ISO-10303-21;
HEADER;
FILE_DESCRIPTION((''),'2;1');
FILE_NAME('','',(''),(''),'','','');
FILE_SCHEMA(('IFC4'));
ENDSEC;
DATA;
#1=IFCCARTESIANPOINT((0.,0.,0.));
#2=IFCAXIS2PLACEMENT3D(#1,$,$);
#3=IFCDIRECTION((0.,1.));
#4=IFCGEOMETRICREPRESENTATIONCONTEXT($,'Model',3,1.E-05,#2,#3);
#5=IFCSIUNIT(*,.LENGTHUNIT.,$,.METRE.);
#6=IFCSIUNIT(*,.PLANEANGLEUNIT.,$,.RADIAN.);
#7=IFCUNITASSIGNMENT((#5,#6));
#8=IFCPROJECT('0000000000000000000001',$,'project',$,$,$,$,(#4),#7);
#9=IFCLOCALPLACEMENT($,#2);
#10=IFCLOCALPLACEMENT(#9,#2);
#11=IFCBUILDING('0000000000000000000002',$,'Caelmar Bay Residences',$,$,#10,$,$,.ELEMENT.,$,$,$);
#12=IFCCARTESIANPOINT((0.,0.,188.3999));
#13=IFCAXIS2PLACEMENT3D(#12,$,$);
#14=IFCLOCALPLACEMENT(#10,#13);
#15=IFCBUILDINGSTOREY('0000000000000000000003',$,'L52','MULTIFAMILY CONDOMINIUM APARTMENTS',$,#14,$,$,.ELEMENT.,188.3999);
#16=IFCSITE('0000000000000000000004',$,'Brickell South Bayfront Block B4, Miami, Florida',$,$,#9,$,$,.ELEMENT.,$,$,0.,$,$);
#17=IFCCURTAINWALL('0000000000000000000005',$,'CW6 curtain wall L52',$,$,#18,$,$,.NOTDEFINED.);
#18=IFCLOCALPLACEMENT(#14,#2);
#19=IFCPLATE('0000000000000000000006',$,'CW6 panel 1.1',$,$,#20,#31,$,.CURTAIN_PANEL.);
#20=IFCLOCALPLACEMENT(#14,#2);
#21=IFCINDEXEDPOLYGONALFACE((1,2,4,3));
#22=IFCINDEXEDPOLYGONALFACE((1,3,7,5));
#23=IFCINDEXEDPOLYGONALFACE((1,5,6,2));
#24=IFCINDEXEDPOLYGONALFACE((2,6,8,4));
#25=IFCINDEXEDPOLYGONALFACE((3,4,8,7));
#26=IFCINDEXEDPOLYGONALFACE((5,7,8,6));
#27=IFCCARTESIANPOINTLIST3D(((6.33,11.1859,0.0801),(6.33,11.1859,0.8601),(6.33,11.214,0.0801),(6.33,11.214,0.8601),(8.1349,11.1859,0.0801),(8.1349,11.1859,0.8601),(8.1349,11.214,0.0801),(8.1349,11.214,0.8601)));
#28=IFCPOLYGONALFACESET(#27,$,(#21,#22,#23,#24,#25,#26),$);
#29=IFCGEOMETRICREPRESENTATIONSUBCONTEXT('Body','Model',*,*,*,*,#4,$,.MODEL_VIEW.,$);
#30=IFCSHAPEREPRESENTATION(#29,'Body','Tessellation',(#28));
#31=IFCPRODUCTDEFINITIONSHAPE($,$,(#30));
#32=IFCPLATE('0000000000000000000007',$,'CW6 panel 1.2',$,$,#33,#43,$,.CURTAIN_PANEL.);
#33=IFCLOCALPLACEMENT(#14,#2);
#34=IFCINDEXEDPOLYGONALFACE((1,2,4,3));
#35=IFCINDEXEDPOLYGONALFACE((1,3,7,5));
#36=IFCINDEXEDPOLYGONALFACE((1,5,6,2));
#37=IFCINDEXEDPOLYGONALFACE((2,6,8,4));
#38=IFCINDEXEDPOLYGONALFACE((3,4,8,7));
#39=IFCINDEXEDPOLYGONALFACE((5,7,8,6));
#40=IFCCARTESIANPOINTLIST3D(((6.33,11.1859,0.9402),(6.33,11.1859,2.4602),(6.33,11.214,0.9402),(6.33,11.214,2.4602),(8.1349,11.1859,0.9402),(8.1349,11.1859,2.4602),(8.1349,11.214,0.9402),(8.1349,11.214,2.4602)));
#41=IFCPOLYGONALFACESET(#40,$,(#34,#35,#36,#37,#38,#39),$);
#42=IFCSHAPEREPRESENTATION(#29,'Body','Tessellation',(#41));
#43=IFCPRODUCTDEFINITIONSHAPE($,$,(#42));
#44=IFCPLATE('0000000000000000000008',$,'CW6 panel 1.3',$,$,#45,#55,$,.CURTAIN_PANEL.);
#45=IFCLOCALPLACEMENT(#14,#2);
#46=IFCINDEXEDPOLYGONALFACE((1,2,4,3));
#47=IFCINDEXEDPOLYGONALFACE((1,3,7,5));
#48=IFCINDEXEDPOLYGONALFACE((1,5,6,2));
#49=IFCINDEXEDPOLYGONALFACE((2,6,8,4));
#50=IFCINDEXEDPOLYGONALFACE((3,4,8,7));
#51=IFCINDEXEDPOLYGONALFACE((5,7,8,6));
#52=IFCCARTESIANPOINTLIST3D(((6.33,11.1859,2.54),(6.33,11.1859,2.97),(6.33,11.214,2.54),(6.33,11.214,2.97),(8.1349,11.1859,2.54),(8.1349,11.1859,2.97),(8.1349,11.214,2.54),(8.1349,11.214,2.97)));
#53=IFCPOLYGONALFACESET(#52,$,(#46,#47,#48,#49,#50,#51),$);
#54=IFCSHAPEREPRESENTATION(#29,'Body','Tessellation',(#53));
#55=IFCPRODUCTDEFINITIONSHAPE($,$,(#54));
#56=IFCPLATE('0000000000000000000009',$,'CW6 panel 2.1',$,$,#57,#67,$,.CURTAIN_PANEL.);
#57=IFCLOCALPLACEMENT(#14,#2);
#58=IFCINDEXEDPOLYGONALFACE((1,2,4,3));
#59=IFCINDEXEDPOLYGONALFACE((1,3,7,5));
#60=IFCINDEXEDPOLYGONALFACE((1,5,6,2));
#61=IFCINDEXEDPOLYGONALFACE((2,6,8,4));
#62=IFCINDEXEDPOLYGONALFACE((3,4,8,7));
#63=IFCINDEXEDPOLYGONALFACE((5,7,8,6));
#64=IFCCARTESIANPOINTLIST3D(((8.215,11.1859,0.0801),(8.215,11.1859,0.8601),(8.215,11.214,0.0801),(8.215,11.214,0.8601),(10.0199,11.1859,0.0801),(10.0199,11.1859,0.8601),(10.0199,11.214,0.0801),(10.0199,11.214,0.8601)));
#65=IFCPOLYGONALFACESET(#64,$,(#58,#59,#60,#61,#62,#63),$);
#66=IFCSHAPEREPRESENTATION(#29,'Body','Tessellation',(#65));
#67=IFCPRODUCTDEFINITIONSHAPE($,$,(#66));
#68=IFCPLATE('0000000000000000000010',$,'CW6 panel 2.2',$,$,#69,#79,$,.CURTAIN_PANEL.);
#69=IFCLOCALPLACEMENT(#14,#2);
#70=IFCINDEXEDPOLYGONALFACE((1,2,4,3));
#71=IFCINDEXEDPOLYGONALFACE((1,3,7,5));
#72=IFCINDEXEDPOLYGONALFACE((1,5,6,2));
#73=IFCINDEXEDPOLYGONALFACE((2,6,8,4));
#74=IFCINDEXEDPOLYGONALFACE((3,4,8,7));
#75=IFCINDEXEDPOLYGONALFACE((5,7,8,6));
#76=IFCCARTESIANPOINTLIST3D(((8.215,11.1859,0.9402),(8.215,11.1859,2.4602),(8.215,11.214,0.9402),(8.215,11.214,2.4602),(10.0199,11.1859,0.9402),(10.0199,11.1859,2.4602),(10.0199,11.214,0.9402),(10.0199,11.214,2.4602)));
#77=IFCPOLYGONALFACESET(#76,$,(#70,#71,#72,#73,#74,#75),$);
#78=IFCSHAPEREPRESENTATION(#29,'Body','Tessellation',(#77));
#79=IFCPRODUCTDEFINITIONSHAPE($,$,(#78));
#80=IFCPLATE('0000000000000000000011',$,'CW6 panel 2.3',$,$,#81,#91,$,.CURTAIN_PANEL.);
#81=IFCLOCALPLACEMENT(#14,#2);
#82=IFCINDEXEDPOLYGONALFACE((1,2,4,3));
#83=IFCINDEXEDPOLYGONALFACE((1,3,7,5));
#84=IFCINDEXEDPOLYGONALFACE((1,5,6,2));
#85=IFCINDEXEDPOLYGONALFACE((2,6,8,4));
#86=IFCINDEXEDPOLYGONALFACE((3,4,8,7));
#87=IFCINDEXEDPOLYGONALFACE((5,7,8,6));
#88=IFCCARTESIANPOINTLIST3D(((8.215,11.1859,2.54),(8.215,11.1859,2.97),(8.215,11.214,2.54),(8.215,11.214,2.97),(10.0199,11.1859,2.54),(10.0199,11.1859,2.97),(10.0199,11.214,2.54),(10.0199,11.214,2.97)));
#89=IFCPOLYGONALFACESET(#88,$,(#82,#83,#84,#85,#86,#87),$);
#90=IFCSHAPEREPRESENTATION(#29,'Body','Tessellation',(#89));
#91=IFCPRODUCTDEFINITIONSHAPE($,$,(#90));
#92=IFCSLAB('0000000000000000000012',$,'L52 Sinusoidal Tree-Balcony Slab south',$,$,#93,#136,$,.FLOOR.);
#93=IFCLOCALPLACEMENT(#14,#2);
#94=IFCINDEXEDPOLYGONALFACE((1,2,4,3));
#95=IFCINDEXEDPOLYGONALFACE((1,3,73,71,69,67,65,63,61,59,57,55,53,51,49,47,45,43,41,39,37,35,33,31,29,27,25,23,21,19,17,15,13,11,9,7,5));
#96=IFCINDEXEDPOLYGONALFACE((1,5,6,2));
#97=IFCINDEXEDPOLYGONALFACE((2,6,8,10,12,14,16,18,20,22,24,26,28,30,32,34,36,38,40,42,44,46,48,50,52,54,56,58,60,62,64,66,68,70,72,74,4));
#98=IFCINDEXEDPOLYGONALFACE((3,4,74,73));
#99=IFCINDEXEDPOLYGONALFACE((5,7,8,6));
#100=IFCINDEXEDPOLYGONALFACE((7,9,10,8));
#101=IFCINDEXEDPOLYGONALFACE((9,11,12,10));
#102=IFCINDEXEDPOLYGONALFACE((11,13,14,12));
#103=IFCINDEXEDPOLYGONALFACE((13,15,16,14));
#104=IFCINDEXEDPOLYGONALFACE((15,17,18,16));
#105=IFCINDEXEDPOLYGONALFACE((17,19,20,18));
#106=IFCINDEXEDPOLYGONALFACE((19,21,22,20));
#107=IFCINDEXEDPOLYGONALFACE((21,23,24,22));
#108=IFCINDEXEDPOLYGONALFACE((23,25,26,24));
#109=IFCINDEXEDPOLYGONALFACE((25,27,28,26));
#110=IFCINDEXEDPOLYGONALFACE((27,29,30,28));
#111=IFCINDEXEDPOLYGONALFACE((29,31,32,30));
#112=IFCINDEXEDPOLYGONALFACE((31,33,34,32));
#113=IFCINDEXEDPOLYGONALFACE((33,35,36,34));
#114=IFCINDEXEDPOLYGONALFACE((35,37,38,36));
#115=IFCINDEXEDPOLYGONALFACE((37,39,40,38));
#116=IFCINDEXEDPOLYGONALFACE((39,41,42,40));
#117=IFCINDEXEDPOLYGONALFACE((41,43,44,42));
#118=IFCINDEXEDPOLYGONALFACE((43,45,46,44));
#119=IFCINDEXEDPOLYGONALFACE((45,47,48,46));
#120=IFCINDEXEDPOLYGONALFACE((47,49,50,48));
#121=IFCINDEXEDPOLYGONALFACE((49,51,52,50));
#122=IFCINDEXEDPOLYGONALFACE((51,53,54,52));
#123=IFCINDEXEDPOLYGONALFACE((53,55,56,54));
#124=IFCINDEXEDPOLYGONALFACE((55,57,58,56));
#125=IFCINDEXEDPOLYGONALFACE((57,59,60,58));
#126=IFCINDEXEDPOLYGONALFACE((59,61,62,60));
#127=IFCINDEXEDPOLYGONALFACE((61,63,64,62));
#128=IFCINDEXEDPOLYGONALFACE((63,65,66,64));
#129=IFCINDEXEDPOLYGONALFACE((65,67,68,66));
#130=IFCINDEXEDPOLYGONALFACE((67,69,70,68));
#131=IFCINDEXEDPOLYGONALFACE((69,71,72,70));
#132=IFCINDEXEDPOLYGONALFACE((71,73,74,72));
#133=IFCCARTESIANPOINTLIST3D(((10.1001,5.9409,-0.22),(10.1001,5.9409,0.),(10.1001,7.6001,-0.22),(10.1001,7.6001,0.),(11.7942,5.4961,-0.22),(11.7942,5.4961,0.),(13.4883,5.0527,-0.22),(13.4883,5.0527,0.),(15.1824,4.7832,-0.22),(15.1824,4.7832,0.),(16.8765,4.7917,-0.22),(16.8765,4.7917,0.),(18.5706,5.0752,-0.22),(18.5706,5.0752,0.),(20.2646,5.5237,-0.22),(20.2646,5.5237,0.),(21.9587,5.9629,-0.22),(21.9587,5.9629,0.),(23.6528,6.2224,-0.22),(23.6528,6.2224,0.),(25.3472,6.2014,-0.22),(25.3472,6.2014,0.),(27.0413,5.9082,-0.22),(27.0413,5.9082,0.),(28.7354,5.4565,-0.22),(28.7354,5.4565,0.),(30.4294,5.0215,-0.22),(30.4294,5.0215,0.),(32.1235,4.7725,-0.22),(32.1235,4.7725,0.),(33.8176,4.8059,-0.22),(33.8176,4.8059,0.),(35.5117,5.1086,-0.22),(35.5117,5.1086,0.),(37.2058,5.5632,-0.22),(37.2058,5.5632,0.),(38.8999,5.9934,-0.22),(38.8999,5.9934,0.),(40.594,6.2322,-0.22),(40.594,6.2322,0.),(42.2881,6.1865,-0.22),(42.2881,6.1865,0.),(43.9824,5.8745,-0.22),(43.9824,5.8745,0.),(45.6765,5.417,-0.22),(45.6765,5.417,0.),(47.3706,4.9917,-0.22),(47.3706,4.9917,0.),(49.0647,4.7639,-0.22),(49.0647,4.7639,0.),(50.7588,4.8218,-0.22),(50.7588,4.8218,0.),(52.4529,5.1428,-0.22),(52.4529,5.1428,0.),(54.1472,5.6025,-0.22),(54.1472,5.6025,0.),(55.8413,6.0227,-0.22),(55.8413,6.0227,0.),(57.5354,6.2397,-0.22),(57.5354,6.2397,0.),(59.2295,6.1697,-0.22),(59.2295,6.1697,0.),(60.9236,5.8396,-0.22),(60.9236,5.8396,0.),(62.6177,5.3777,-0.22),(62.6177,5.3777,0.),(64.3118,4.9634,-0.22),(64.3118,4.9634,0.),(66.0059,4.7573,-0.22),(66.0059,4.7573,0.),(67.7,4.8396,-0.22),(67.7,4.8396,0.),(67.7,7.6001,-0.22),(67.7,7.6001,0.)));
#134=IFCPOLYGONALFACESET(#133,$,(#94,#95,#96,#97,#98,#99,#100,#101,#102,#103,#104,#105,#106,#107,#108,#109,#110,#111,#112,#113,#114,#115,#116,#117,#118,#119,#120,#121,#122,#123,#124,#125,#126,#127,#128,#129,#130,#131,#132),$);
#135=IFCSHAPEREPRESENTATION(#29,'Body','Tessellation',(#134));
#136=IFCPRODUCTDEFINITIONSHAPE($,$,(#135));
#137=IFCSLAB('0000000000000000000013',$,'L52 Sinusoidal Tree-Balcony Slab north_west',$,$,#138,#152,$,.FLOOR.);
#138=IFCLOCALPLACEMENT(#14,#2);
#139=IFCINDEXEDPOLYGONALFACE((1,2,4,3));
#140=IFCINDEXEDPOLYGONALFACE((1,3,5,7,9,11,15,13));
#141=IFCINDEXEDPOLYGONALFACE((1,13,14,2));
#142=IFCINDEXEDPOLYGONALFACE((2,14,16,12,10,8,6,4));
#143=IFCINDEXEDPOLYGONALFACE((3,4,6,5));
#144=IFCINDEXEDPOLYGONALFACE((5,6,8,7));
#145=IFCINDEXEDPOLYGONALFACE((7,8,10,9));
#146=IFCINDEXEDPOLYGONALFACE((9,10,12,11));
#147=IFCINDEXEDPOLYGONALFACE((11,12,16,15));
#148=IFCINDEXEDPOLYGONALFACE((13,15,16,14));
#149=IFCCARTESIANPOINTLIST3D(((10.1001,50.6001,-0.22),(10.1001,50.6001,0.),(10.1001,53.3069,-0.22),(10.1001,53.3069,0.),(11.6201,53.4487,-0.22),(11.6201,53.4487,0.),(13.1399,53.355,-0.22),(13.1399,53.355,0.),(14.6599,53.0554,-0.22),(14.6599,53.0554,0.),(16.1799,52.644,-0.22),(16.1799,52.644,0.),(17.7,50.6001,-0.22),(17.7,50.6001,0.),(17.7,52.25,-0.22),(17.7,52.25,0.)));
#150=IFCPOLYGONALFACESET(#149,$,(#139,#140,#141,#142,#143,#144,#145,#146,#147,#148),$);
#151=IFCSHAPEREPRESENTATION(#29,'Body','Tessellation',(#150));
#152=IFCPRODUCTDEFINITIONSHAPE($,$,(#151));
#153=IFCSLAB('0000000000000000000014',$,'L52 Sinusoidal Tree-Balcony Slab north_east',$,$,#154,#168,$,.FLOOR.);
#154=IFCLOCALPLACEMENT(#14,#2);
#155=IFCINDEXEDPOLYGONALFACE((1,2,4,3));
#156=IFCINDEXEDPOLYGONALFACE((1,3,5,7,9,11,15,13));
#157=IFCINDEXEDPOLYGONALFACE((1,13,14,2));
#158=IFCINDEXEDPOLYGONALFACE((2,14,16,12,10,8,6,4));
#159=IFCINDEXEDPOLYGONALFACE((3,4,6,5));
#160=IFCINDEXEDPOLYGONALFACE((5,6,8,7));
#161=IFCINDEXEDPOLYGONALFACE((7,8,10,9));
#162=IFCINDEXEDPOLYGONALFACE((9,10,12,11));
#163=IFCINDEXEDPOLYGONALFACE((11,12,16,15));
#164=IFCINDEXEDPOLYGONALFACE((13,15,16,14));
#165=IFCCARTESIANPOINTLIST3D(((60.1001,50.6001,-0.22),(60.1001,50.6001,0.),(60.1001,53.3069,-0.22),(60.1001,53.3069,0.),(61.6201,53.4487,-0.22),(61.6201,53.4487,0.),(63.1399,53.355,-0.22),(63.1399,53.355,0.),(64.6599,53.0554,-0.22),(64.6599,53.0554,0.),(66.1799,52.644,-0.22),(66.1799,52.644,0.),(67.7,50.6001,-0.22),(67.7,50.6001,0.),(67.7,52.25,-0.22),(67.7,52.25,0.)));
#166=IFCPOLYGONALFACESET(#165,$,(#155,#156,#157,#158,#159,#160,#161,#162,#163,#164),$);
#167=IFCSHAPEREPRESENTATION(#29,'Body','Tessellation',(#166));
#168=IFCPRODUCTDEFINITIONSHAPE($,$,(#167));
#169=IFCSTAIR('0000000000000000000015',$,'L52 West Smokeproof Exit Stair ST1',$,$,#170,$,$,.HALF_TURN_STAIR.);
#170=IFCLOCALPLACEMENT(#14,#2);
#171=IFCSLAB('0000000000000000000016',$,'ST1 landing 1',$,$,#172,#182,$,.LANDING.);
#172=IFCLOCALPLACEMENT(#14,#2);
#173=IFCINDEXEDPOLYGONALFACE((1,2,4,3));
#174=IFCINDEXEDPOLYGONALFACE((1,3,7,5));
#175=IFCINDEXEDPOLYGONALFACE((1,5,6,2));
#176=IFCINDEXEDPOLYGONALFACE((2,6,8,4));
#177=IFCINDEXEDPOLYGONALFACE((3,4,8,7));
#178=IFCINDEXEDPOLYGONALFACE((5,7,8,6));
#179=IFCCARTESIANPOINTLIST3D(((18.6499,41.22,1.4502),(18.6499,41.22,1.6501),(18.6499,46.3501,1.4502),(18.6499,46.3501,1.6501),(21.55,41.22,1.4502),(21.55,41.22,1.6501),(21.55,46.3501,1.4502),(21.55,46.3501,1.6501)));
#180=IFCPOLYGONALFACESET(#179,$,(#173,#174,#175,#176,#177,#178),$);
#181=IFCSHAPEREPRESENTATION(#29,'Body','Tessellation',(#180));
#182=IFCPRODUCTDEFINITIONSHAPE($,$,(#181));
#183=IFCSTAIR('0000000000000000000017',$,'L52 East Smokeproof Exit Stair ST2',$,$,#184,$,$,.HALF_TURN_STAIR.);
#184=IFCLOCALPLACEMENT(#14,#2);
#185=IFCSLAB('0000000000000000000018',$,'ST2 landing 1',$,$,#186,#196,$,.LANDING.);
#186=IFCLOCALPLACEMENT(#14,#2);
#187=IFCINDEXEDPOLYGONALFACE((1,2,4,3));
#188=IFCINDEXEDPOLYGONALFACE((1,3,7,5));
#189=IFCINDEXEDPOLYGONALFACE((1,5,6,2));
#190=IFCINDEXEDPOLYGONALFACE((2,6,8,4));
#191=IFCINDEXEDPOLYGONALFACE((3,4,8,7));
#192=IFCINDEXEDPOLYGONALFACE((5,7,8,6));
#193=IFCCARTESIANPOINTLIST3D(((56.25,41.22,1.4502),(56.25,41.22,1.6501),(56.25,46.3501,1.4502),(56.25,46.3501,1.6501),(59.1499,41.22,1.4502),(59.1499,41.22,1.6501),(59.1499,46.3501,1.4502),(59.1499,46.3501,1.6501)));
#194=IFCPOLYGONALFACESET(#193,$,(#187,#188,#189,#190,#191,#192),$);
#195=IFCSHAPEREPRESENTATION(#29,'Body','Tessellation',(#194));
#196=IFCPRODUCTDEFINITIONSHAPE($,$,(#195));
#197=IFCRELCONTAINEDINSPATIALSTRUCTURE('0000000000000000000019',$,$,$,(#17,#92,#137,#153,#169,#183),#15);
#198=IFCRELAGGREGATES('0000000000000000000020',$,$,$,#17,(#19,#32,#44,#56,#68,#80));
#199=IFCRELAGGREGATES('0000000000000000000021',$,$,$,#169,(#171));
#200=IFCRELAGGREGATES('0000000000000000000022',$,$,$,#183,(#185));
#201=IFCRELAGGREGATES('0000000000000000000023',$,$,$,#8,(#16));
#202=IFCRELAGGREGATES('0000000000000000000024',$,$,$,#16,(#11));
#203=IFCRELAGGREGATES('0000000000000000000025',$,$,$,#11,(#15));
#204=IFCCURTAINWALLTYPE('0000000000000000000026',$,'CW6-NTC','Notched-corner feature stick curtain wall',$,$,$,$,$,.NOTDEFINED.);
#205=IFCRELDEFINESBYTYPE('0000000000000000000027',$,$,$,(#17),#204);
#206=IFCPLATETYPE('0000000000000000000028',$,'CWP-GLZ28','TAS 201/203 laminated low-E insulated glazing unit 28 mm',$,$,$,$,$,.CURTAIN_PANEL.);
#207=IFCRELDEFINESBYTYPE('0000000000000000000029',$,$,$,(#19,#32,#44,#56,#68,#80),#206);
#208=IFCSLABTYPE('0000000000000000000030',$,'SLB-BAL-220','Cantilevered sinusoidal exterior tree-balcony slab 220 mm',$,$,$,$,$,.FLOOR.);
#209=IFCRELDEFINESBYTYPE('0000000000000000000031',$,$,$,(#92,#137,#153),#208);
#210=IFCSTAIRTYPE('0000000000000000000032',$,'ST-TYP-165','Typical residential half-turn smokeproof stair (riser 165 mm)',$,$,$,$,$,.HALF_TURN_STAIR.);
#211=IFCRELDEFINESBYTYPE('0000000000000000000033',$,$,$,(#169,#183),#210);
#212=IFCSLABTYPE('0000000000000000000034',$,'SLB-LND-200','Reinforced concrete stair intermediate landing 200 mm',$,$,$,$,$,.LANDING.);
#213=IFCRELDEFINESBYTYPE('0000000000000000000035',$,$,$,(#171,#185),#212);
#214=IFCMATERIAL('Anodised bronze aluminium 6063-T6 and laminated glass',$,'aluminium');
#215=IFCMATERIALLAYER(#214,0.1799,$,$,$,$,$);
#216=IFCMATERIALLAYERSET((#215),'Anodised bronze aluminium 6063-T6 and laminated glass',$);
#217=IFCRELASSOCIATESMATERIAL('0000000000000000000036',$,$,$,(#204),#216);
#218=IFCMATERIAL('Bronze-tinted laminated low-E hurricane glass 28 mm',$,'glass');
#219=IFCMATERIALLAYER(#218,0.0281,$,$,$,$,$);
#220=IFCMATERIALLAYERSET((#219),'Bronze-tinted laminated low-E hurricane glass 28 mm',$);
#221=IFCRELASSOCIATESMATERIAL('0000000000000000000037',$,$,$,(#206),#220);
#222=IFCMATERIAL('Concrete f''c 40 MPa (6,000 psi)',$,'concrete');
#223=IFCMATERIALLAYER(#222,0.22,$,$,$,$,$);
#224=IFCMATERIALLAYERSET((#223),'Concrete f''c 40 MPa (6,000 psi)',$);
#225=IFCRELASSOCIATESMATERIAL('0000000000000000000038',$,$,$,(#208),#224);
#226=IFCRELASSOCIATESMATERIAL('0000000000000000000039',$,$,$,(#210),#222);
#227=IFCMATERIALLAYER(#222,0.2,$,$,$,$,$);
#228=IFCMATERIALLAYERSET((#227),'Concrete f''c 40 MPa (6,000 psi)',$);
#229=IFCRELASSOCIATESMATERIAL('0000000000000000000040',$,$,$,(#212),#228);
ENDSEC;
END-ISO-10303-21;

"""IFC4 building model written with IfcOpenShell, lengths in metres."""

from ifc_helpers import new_model, si_unit, direction, frame, origin, origin_2d, place, context, subcontext, project, spatial, polyline, rectangle, outline, extrude, material, layer, layer_set, type_object, element, aggregate, save


model = new_model("IFC4")

# Units and contexts
model_context = context("Model", 3, precision=1e-05, world=origin(), true_north=direction((0.0, 1.0)))
body_context = subcontext(model_context, "Body", "Model", "MODEL_VIEW")
ifc_project = project(units=[si_unit("LENGTHUNIT", "METRE"), si_unit("PLANEANGLEUNIT", "RADIAN")], contexts=[model_context])

# Site, building, storey
site_placement = place(None, origin())
site = spatial("IfcSite", under=ifc_project, at=site_placement, Name="Brickell South Bayfront Block B4, Miami, Florida", CompositionType="ELEMENT", RefElevation=0.0)
building_placement = place(site_placement, origin())
building = spatial("IfcBuilding", under=site, at=building_placement, Name="Caelmar Bay Residences", CompositionType="ELEMENT")
storey_placement = place(building_placement, frame((0.0, 0.0, 188.3999)))
storey = spatial("IfcBuildingStorey", under=building, at=storey_placement, Name="L52", Description="MULTIFAMILY CONDOMINIUM APARTMENTS", CompositionType="ELEMENT", Elevation=188.3999)

# Curtain wall
ifc_material_1 = material(Name="Anodised bronze aluminium 6063-T6 and laminated glass", Category="aluminium")
ifc_layer_1 = layer(ifc_material_1, 0.1799)
ifc_layer_set_1 = layer_set([ifc_layer_1], Name="Anodised bronze aluminium 6063-T6 and laminated glass")
curtain_wall_type_1 = type_object("IfcCurtainWallType", Name="CW6-NTC", Description="Notched-corner feature stick curtain wall", PredefinedType="NOTDEFINED", material=ifc_layer_set_1)
curtain_wall_1_placement = place(storey_placement, origin())
curtain_wall_1 = element("IfcCurtainWall", 1, at=curtain_wall_1_placement, inside=storey, type_object=curtain_wall_type_1, Name="CW6 curtain wall L52", PredefinedType="NOTDEFINED")

# Plates
ifc_material_2 = material(Name="Bronze-tinted laminated low-E hurricane glass 28 mm", Category="glass")
ifc_layer_2 = layer(ifc_material_2, 0.0281)
ifc_layer_set_2 = layer_set([ifc_layer_2], Name="Bronze-tinted laminated low-E hurricane glass 28 mm")
plate_type = type_object("IfcPlateType", Name="CWP-GLZ28", Description="TAS 201/203 laminated low-E insulated glazing unit 28 mm", PredefinedType="CURTAIN_PANEL", material=ifc_layer_set_2)
plate_1_placement = place(storey_placement, frame((7.2324, 11.2, 0.0801), z_axis=(0.0, 0.0, 1.0), x_axis=(1.0, 0.0, 0.0)))
plate_1 = element("IfcPlate", 2, at=plate_1_placement, type_object=plate_type, Name="CW6 panel 1.1", PredefinedType="CURTAIN_PANEL", context=body_context, shape_type="SweptSolid", body=[
    extrude(rectangle(XDim=1.8049, YDim=0.0281, at=origin_2d()), origin(), (0.0, 0.0, 1.0), 0.78),
])
plate_2_placement = place(storey_placement, frame((7.2324, 11.2, 0.9402), z_axis=(0.0, 0.0, 1.0), x_axis=(1.0, 0.0, 0.0)))
plate_2 = element("IfcPlate", 3, at=plate_2_placement, type_object=plate_type, Name="CW6 panel 1.2", PredefinedType="CURTAIN_PANEL", context=body_context, shape_type="SweptSolid", body=[
    extrude(rectangle(XDim=1.8049, YDim=0.0281, at=origin_2d()), origin(), (0.0, 0.0, 1.0), 1.52),
])
plate_3_placement = place(storey_placement, frame((7.2324, 11.2, 2.54), z_axis=(0.0, 0.0, 1.0), x_axis=(1.0, 0.0, 0.0)))
plate_3 = element("IfcPlate", 4, at=plate_3_placement, type_object=plate_type, Name="CW6 panel 1.3", PredefinedType="CURTAIN_PANEL", context=body_context, shape_type="SweptSolid", body=[
    extrude(rectangle(XDim=1.8049, YDim=0.0281, at=origin_2d()), origin(), (0.0, 0.0, 1.0), 0.4299),
])
plate_4_placement = place(storey_placement, frame((9.1174, 11.2, 0.0801), z_axis=(0.0, 0.0, 1.0), x_axis=(1.0, 0.0, 0.0)))
plate_4 = element("IfcPlate", 5, at=plate_4_placement, type_object=plate_type, Name="CW6 panel 2.1", PredefinedType="CURTAIN_PANEL", context=body_context, shape_type="SweptSolid", body=[
    extrude(rectangle(XDim=1.8049, YDim=0.0281, at=origin_2d()), origin(), (0.0, 0.0, 1.0), 0.78),
])
plate_5_placement = place(storey_placement, frame((9.1174, 11.2, 0.9402), z_axis=(0.0, 0.0, 1.0), x_axis=(1.0, 0.0, 0.0)))
plate_5 = element("IfcPlate", 6, at=plate_5_placement, type_object=plate_type, Name="CW6 panel 2.2", PredefinedType="CURTAIN_PANEL", context=body_context, shape_type="SweptSolid", body=[
    extrude(rectangle(XDim=1.8049, YDim=0.0281, at=origin_2d()), origin(), (0.0, 0.0, 1.0), 1.52),
])
plate_6_placement = place(storey_placement, frame((9.1174, 11.2, 2.54), z_axis=(0.0, 0.0, 1.0), x_axis=(1.0, 0.0, 0.0)))
plate_6 = element("IfcPlate", 7, at=plate_6_placement, type_object=plate_type, Name="CW6 panel 2.3", PredefinedType="CURTAIN_PANEL", context=body_context, shape_type="SweptSolid", body=[
    extrude(rectangle(XDim=1.8049, YDim=0.0281, at=origin_2d()), origin(), (0.0, 0.0, 1.0), 0.4299),
])
aggregate(curtain_wall_1, [plate_1, plate_2, plate_3, plate_4, plate_5, plate_6])

# Slabs
ifc_material_3 = material(Name="Concrete f'c 40 MPa (6,000 psi)", Category="concrete")
ifc_layer_3 = layer(ifc_material_3, 0.22)
ifc_layer_set_3 = layer_set([ifc_layer_3], Name="Concrete f'c 40 MPa (6,000 psi)")
slab_type_1 = type_object("IfcSlabType", Name="SLB-BAL-220", Description="Cantilevered sinusoidal exterior tree-balcony slab 220 mm", PredefinedType="FLOOR", material=ifc_layer_set_3)
slab_1_placement = place(storey_placement, frame((0.0, 0.0, -0.22)))
element("IfcSlab", 8, at=slab_1_placement, inside=storey, type_object=slab_type_1, Name="L52 Sinusoidal Tree-Balcony Slab south", PredefinedType="FLOOR", context=body_context, shape_type="SweptSolid", body=[
    extrude(outline(polyline([(10.1001, 5.9409), (11.7942, 5.4961), (13.4883, 5.0527), (15.1824, 4.7832), (16.8765, 4.7917), (18.5706, 5.0752), (20.2646, 5.5237), (21.9587, 5.9629), (23.6528, 6.2224), (25.3472, 6.2014), (27.0413, 5.9082), (28.7354, 5.4565), (30.4294, 5.0215), (32.1235, 4.7725), (33.8176, 4.8059), (35.5117, 5.1086), (37.2058, 5.5632), (38.8999, 5.9934), (40.594, 6.2322), (42.2881, 6.1865), (43.9824, 5.8745), (45.6765, 5.417), (47.3706, 4.9917), (49.0647, 4.7639), (50.7588, 4.8218), (52.4529, 5.1428), (54.1472, 5.6025), (55.8413, 6.0227), (57.5354, 6.2397), (59.2295, 6.1697), (60.9236, 5.8396), (62.6177, 5.3777), (64.3118, 4.9634), (66.0059, 4.7573), (67.7, 4.8396), (67.7, 7.6001), (10.1001, 7.6001), (10.1001, 5.9409)])), origin(), (0.0, 0.0, 1.0), 0.22),
])
slab_2_placement = place(storey_placement, frame((0.0, 0.0, -0.22)))
element("IfcSlab", 9, at=slab_2_placement, inside=storey, type_object=slab_type_1, Name="L52 Sinusoidal Tree-Balcony Slab north_west", PredefinedType="FLOOR", context=body_context, shape_type="SweptSolid", body=[
    extrude(outline(polyline([(10.1001, 50.6001), (17.7, 50.6001), (17.7, 52.25), (16.1799, 52.644), (14.6599, 53.0554), (13.1399, 53.355), (11.6201, 53.4487), (10.1001, 53.3069), (10.1001, 50.6001)])), origin(), (0.0, 0.0, 1.0), 0.22),
])
slab_3_placement = place(storey_placement, frame((0.0, 0.0, -0.22)))
element("IfcSlab", 10, at=slab_3_placement, inside=storey, type_object=slab_type_1, Name="L52 Sinusoidal Tree-Balcony Slab north_east", PredefinedType="FLOOR", context=body_context, shape_type="SweptSolid", body=[
    extrude(outline(polyline([(60.1001, 50.6001), (67.7, 50.6001), (67.7, 52.25), (66.1799, 52.644), (64.6599, 53.0554), (63.1399, 53.355), (61.6201, 53.4487), (60.1001, 53.3069), (60.1001, 50.6001)])), origin(), (0.0, 0.0, 1.0), 0.22),
])

# Stairs, slabs
stair_type = type_object("IfcStairType", Name="ST-TYP-165", Description="Typical residential half-turn smokeproof stair (riser 165 mm)", PredefinedType="HALF_TURN_STAIR", material=ifc_material_3)
stair_1_placement = place(storey_placement, origin())
stair_1 = element("IfcStair", 11, at=stair_1_placement, inside=storey, type_object=stair_type, Name="L52 West Smokeproof Exit Stair ST1", PredefinedType="HALF_TURN_STAIR")
ifc_layer_4 = layer(ifc_material_3, 0.2)
ifc_layer_set_4 = layer_set([ifc_layer_4], Name="Concrete f'c 40 MPa (6,000 psi)")
slab_type_2 = type_object("IfcSlabType", Name="SLB-LND-200", Description="Reinforced concrete stair intermediate landing 200 mm", PredefinedType="LANDING", material=ifc_layer_set_4)
slab_4_placement = place(storey_placement, frame((0.0, 0.0, 1.4502)))
slab_4 = element("IfcSlab", 12, at=slab_4_placement, type_object=slab_type_2, Name="ST1 landing 1", PredefinedType="LANDING", context=body_context, shape_type="SweptSolid", body=[
    extrude(outline(polyline([(21.55, 41.22), (21.55, 46.3501), (18.6499, 46.3501), (18.6499, 41.22), (21.55, 41.22)])), origin(), (0.0, 0.0, 1.0), 0.2),
])
aggregate(stair_1, [slab_4])
stair_2_placement = place(storey_placement, origin())
stair_2 = element("IfcStair", 13, at=stair_2_placement, inside=storey, type_object=stair_type, Name="L52 East Smokeproof Exit Stair ST2", PredefinedType="HALF_TURN_STAIR")
slab_5_placement = place(storey_placement, frame((0.0, 0.0, 1.4502)))
slab_5 = element("IfcSlab", 14, at=slab_5_placement, type_object=slab_type_2, Name="ST2 landing 1", PredefinedType="LANDING", context=body_context, shape_type="SweptSolid", body=[
    extrude(outline(polyline([(59.1499, 41.22), (59.1499, 46.3501), (56.25, 46.3501), (56.25, 41.22), (59.1499, 41.22)])), origin(), (0.0, 0.0, 1.0), 0.2),
])
aggregate(stair_2, [slab_5])

save(model, "model.ifc")
